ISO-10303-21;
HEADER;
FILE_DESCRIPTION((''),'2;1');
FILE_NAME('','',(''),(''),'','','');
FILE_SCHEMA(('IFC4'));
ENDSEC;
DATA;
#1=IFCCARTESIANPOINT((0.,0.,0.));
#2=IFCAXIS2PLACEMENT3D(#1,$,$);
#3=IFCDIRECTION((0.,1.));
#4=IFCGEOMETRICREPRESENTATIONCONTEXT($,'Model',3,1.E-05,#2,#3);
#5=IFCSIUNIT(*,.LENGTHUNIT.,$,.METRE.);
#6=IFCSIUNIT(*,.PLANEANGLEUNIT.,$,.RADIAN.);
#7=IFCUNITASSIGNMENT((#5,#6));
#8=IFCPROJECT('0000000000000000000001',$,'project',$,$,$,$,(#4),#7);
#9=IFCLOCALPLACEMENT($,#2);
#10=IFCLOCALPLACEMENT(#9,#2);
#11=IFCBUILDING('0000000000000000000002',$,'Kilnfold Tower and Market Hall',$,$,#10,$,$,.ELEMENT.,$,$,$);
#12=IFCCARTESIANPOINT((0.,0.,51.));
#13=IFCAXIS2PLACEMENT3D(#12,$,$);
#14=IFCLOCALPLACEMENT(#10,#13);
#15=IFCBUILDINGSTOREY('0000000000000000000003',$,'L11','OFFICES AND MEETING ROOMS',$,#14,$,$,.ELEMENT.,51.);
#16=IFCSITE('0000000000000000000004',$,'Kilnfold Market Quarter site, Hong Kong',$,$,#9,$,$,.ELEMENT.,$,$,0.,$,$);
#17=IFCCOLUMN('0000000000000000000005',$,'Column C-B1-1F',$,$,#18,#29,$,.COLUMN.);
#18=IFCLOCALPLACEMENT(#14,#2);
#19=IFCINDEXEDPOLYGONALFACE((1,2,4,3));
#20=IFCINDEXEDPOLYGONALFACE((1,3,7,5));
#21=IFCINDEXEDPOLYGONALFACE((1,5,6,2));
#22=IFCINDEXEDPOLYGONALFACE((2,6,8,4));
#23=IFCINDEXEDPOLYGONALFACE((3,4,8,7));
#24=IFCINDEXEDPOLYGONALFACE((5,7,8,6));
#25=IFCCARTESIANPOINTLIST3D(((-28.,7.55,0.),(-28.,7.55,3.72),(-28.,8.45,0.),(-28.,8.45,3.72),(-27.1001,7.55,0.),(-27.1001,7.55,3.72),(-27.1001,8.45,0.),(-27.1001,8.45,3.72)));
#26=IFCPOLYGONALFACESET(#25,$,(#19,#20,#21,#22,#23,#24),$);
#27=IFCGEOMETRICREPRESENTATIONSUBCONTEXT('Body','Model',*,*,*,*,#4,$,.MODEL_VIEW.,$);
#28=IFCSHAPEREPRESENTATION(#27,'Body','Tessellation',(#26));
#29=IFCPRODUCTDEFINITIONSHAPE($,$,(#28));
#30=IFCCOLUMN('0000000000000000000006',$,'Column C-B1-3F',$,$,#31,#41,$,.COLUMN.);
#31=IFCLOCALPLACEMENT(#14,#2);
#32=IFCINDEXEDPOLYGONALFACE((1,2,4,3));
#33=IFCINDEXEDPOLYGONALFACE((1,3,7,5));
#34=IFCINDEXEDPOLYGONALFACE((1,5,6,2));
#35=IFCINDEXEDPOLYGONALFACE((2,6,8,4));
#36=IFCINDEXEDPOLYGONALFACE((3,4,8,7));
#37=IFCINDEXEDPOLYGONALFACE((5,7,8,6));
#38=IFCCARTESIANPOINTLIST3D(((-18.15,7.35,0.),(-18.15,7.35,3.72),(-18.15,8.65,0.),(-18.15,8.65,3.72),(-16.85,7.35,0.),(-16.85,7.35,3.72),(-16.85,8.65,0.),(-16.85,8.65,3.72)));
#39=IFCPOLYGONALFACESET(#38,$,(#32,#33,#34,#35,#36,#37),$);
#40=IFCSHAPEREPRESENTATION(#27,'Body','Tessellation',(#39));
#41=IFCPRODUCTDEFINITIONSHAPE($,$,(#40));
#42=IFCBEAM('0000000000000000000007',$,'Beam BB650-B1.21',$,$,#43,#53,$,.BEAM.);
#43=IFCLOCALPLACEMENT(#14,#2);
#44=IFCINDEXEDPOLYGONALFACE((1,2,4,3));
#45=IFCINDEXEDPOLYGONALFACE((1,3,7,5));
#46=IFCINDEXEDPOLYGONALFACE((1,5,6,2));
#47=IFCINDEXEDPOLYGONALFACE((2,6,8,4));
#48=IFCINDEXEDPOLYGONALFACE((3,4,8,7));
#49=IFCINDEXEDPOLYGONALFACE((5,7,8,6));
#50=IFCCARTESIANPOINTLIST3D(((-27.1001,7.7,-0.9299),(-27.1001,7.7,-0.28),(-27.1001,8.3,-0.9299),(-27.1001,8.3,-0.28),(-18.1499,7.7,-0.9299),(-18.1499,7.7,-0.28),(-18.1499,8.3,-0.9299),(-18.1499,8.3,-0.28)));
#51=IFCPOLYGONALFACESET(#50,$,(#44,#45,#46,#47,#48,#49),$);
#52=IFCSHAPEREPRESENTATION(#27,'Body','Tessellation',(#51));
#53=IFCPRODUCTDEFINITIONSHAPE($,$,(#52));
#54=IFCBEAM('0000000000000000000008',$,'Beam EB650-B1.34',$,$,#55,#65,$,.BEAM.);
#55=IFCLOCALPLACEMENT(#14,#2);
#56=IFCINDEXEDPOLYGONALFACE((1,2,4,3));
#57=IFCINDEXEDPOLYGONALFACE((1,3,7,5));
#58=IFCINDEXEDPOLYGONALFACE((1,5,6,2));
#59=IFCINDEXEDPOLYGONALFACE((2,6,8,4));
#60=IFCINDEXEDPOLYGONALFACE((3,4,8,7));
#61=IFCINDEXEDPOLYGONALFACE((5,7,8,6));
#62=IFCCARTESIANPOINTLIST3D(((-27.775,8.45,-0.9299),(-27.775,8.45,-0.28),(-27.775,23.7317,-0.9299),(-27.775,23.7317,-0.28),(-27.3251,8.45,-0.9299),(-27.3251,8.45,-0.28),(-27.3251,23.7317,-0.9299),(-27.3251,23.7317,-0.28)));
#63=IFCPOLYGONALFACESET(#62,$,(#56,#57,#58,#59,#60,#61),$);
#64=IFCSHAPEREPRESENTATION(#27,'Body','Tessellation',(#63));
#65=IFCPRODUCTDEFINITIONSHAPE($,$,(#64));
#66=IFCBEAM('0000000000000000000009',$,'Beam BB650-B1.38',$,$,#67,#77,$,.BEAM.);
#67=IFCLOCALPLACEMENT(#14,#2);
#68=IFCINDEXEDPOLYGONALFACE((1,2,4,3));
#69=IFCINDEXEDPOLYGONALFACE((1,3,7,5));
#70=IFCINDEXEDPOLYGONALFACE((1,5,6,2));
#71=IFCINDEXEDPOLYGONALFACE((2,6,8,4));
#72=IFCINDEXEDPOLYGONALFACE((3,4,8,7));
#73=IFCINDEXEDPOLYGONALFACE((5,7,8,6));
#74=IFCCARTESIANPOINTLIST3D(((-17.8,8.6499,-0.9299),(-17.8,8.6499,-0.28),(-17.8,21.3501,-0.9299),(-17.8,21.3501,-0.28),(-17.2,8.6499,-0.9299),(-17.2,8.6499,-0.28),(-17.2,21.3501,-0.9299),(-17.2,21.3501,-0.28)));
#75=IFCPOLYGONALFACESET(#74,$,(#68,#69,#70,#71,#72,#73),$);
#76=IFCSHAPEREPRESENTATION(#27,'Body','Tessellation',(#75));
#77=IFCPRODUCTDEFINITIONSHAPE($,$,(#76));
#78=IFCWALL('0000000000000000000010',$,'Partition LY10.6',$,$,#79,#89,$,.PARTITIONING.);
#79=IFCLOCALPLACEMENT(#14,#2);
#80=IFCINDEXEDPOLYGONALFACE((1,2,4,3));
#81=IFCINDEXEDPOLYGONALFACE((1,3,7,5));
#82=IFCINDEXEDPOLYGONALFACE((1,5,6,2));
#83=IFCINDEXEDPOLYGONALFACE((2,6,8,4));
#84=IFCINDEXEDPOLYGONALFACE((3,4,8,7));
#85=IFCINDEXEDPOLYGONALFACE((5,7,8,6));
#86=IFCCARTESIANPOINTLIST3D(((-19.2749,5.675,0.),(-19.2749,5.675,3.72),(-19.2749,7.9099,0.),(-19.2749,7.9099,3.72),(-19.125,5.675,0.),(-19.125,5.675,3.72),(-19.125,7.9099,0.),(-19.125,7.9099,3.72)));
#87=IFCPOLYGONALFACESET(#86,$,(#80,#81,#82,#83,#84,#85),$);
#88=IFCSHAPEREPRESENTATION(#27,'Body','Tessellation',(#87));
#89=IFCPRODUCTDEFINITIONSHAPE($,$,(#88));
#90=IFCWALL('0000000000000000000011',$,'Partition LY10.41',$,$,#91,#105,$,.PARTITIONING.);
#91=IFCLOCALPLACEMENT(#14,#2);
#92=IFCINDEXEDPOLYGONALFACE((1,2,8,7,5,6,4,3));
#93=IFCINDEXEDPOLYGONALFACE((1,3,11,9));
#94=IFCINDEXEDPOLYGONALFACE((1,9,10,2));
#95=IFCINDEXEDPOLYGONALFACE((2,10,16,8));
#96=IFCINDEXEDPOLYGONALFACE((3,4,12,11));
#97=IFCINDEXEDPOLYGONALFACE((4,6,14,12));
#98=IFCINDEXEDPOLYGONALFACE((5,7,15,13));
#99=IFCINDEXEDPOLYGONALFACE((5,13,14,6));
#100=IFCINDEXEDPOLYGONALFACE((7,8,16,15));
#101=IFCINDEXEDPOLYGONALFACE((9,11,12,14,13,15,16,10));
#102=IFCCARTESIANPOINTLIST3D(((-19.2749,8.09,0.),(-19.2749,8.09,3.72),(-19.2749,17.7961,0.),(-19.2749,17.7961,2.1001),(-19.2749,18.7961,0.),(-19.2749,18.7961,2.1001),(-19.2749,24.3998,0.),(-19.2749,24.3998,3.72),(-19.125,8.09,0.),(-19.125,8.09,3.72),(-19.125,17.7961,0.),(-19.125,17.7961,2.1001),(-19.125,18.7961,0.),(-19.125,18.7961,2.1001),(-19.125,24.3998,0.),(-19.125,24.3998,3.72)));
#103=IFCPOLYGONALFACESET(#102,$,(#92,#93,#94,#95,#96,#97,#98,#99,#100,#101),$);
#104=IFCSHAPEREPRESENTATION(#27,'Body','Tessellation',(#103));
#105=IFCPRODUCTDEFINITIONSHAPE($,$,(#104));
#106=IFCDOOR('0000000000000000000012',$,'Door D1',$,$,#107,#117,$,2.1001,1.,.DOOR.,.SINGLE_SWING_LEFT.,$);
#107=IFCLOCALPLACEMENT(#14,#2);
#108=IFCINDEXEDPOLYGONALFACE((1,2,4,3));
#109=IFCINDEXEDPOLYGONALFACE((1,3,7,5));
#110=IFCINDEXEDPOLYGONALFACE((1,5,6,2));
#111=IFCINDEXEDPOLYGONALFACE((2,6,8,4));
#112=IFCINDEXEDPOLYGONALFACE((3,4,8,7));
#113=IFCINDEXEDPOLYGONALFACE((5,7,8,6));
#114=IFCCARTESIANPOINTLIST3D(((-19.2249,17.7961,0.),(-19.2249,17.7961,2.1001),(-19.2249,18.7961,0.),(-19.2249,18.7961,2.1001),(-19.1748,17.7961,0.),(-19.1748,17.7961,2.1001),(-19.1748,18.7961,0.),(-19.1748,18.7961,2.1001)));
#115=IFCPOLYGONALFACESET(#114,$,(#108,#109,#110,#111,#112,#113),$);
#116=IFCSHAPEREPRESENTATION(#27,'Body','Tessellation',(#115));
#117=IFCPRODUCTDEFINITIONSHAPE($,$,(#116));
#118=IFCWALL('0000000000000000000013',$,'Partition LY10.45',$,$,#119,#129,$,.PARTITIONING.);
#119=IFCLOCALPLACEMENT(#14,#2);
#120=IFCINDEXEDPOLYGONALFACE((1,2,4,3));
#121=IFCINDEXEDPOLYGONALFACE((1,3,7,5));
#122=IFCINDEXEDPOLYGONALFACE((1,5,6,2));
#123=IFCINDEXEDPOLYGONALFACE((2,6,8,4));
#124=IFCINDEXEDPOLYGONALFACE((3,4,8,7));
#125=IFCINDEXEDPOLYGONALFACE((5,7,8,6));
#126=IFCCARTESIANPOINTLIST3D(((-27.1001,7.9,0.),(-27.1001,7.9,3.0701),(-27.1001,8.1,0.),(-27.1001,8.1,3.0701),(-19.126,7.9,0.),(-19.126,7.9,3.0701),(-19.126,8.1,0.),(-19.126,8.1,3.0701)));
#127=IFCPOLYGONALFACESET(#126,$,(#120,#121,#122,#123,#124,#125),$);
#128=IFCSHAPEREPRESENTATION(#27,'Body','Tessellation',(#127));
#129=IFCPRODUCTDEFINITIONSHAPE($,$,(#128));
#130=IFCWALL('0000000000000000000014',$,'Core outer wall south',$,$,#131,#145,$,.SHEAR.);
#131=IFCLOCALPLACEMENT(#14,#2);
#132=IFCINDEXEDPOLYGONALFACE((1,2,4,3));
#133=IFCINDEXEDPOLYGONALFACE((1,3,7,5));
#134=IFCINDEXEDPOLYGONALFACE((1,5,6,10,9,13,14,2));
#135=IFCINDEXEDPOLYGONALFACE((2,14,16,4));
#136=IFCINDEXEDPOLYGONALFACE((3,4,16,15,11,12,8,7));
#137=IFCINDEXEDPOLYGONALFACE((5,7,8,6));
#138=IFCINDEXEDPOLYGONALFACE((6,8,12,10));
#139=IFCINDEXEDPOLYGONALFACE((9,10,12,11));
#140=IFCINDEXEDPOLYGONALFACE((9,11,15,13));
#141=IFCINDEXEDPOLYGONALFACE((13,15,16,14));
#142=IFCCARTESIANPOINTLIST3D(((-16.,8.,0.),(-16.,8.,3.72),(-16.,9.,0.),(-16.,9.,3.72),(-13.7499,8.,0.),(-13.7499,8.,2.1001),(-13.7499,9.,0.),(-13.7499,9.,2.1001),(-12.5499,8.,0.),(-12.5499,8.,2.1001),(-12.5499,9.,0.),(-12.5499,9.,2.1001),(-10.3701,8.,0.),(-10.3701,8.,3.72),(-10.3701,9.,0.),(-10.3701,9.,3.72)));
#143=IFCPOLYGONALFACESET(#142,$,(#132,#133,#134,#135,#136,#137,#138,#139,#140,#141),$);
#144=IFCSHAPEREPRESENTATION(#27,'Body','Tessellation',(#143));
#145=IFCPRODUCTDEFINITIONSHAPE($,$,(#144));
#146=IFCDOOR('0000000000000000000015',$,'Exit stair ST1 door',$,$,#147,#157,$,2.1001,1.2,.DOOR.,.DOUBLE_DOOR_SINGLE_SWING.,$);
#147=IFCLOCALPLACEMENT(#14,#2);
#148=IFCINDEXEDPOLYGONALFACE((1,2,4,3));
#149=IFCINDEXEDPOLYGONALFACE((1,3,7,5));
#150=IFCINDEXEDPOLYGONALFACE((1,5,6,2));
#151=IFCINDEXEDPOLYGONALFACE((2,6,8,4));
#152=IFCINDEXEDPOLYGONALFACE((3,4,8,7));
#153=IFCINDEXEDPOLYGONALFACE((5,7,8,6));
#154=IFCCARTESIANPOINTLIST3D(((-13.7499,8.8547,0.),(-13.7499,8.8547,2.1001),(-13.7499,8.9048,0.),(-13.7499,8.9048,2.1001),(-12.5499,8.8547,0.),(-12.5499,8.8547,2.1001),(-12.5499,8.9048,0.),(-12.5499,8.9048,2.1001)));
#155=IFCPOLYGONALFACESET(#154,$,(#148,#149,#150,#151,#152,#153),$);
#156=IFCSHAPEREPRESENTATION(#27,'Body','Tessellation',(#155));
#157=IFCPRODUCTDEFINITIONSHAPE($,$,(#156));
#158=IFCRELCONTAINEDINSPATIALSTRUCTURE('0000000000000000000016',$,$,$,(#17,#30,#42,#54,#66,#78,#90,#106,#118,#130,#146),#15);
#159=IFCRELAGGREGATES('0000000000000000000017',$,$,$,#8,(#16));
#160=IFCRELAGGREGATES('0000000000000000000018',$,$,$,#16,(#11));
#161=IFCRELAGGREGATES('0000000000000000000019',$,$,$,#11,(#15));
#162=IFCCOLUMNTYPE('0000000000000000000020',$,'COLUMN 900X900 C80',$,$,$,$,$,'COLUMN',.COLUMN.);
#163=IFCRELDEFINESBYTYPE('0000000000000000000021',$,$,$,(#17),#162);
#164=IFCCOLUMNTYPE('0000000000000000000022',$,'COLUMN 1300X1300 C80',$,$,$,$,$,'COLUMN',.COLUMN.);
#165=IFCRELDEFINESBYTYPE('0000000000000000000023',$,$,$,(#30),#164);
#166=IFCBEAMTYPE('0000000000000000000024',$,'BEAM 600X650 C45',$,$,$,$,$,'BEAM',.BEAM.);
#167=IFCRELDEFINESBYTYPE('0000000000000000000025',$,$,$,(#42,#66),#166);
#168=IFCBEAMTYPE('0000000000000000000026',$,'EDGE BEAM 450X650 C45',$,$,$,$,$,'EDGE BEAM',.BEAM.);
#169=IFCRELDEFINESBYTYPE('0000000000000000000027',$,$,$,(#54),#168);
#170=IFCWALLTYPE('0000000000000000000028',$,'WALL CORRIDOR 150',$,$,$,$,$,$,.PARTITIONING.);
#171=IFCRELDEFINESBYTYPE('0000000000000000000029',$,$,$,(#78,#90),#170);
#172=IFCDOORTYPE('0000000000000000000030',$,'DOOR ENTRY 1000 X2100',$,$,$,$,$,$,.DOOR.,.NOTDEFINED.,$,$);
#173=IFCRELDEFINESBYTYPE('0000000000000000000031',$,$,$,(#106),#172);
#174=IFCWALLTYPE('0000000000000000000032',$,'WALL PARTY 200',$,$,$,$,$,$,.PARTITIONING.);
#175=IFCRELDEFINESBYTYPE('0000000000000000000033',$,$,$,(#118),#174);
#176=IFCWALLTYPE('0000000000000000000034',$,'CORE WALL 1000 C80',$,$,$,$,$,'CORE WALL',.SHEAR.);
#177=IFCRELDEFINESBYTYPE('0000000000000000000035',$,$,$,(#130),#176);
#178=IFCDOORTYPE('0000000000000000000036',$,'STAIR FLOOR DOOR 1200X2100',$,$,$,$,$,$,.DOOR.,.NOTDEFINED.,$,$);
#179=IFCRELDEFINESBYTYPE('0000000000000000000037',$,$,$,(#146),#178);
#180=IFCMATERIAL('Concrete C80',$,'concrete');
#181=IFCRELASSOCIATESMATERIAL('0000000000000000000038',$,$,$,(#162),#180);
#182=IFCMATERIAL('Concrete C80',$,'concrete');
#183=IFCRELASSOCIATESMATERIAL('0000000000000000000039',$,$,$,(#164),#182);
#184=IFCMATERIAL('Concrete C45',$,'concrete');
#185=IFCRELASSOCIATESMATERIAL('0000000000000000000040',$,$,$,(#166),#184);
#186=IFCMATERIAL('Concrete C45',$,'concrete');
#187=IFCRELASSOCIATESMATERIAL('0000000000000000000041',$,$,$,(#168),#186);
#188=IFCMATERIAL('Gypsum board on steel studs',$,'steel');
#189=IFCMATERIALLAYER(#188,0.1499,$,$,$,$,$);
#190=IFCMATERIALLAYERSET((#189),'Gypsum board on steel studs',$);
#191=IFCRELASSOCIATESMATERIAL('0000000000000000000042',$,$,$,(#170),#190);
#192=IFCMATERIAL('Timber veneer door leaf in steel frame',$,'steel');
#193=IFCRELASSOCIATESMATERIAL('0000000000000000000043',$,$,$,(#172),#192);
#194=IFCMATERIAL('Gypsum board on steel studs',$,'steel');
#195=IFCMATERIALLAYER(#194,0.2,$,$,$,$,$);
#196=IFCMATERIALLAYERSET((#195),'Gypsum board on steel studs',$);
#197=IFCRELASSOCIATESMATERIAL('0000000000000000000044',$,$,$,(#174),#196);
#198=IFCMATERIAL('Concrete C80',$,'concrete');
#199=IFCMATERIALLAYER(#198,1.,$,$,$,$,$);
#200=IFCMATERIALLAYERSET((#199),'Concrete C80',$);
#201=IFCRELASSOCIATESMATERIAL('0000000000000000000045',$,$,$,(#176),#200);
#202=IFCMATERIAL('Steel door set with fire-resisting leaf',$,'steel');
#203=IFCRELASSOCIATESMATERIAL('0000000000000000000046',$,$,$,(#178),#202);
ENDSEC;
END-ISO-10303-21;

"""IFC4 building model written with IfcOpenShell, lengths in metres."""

from ifc_helpers import new_model, si_unit, direction, frame, frame_2d, origin, origin_2d, place, context, subcontext, project, spatial, rectangle, extrude, source, transform, mapped, material, layer, layer_set, material_profile, profile_set, type_object, element, fill, save


model = new_model("IFC4")

# Units and contexts
model_context = context("Model", 3, precision=1e-05, world=origin(), true_north=direction((0.0, 1.0)))
body_context = subcontext(model_context, "Body", "Model", "MODEL_VIEW")
ifc_project = project(units=[si_unit("LENGTHUNIT", "METRE"), si_unit("PLANEANGLEUNIT", "RADIAN")], contexts=[model_context])

# Site, building, storey
site_placement = place(None, origin())
site = spatial("IfcSite", under=ifc_project, at=site_placement, Name="Kilnfold Market Quarter site, Hong Kong", CompositionType="ELEMENT", RefElevation=0.0)
building_placement = place(site_placement, origin())
building = spatial("IfcBuilding", under=site, at=building_placement, Name="Kilnfold Tower and Market Hall", CompositionType="ELEMENT")
storey_placement = place(building_placement, frame((0.0, 0.0, 51.0)))
storey = spatial("IfcBuildingStorey", under=building, at=storey_placement, Name="L11", Description="OFFICES AND MEETING ROOMS", CompositionType="ELEMENT", Elevation=51.0)

# Columns
ifc_material_1 = material(Name="Concrete C80", Category="concrete")
ifc_material_profile_1 = material_profile(ifc_material_1, rectangle(XDim=0.8999, YDim=0.8999, at=origin_2d()), Name="RC 900x900")
ifc_profile_set_1 = profile_set([ifc_material_profile_1], Name="Concrete C80")
column_type_1 = type_object("IfcColumnType", Name="COLUMN 900X900 C80", ElementType="COLUMN", PredefinedType="COLUMN", material=ifc_profile_set_1)
shared_shape_1 = source(origin(), body_context, "Body", "SweptSolid", [
    extrude(rectangle(XDim=0.8999, YDim=0.8999, at=origin_2d()), origin(), (0.0, 0.0, 1.0), 3.72),
])
column_1_placement = place(storey_placement, frame((-27.55, 8.0, 0.0), z_axis=(0.0, 0.0, 1.0), x_axis=(1.0, 0.0, 0.0)))
element("IfcColumn", 1, at=column_1_placement, inside=storey, type_object=column_type_1, Name="Column C-B1-1F", PredefinedType="COLUMN", context=body_context, shape_type="MappedRepresentation", body=[
    mapped(shared_shape_1, transform((0.0, 0.0, 0.0))),
])
ifc_material_2 = material(Name="Concrete C80", Category="concrete")
ifc_material_profile_2 = material_profile(ifc_material_2, rectangle(XDim=1.3, YDim=1.3, at=origin_2d()), Name="RC 1300x1300")
ifc_profile_set_2 = profile_set([ifc_material_profile_2], Name="Concrete C80")
column_type_2 = type_object("IfcColumnType", Name="COLUMN 1300X1300 C80", ElementType="COLUMN", PredefinedType="COLUMN", material=ifc_profile_set_2)
shared_shape_2 = source(origin(), body_context, "Body", "SweptSolid", [
    extrude(rectangle(XDim=1.3, YDim=1.3, at=origin_2d()), origin(), (0.0, 0.0, 1.0), 3.72),
])
column_2_placement = place(storey_placement, frame((-17.5, 8.0, 0.0), z_axis=(0.0, 0.0, 1.0), x_axis=(1.0, 0.0, 0.0)))
element("IfcColumn", 2, at=column_2_placement, inside=storey, type_object=column_type_2, Name="Column C-B1-3F", PredefinedType="COLUMN", context=body_context, shape_type="MappedRepresentation", body=[
    mapped(shared_shape_2, transform((0.0, 0.0, 0.0))),
])

# Beams
ifc_material_3 = material(Name="Concrete C45", Category="concrete")
ifc_material_profile_3 = material_profile(ifc_material_3, rectangle(XDim=0.6001, YDim=0.6499, at=origin_2d()), Name="RC 600x650")
ifc_profile_set_3 = profile_set([ifc_material_profile_3], Name="Concrete C45")
beam_type_1 = type_object("IfcBeamType", Name="BEAM 600X650 C45", ElementType="BEAM", PredefinedType="BEAM", material=ifc_profile_set_3)
shared_shape_3 = source(origin(), body_context, "Body", "SweptSolid", [
    extrude(rectangle(XDim=0.6001, YDim=0.6499, at=origin_2d()), origin(), (0.0, 0.0, 1.0), 8.9502),
])
beam_1_placement = place(storey_placement, frame((-27.1001, 8.0, -0.605), z_axis=(1.0, 0.0, 0.0), x_axis=(0.0, 1.0, 0.0)))
element("IfcBeam", 3, at=beam_1_placement, inside=storey, type_object=beam_type_1, Name="Beam BB650-B1.21", PredefinedType="BEAM", context=body_context, shape_type="MappedRepresentation", body=[
    mapped(shared_shape_3, transform((0.0, 0.0, 0.0))),
])
ifc_material_4 = material(Name="Concrete C45", Category="concrete")
ifc_material_profile_4 = material_profile(ifc_material_4, rectangle(XDim=0.45, YDim=0.6499, at=origin_2d()), Name="RC 450x650")
ifc_profile_set_4 = profile_set([ifc_material_profile_4], Name="Concrete C45")
beam_type_2 = type_object("IfcBeamType", Name="EDGE BEAM 450X650 C45", ElementType="EDGE BEAM", PredefinedType="BEAM", material=ifc_profile_set_4)
shared_shape_4 = source(origin(), body_context, "Body", "SweptSolid", [
    extrude(rectangle(XDim=0.45, YDim=0.6499, at=origin_2d()), origin(), (0.0, 0.0, 1.0), 15.2817),
])
beam_2_placement = place(storey_placement, frame((-27.55, 8.45, -0.605), z_axis=(0.0, 1.0, 0.0), x_axis=(-1.0, 0.0, 0.0)))
element("IfcBeam", 4, at=beam_2_placement, inside=storey, type_object=beam_type_2, Name="Beam EB650-B1.34", PredefinedType="BEAM", context=body_context, shape_type="MappedRepresentation", body=[
    mapped(shared_shape_4, transform((0.0, 0.0, 0.0))),
])
shared_shape_5 = source(origin(), body_context, "Body", "SweptSolid", [
    extrude(rectangle(XDim=0.6001, YDim=0.6499, at=origin_2d()), origin(), (0.0, 0.0, 1.0), 12.7002),
])
beam_3_placement = place(storey_placement, frame((-17.5, 8.6499, -0.605), z_axis=(0.0, 1.0, 0.0), x_axis=(-1.0, 0.0, 0.0)))
element("IfcBeam", 5, at=beam_3_placement, inside=storey, type_object=beam_type_1, Name="Beam BB650-B1.38", PredefinedType="BEAM", context=body_context, shape_type="MappedRepresentation", body=[
    mapped(shared_shape_5, transform((0.0, 0.0, 0.0))),
])

# Wall
ifc_material_5 = material(Name="Gypsum board on steel studs", Category="steel")
ifc_layer_1 = layer(ifc_material_5, 0.1499)
ifc_layer_set_1 = layer_set([ifc_layer_1], Name="Gypsum board on steel studs")
wall_type_1 = type_object("IfcWallType", Name="WALL CORRIDOR 150", PredefinedType="PARTITIONING", material=ifc_layer_set_1)
wall_1_placement = place(storey_placement, frame((-19.2, 5.675, 0.0), z_axis=(0.0, 0.0, 1.0), x_axis=(0.0, 1.0, 0.0)))
element("IfcWall", 6, at=wall_1_placement, inside=storey, type_object=wall_type_1, Name="Partition LY10.6", PredefinedType="PARTITIONING", context=body_context, shape_type="SweptSolid", body=[
    extrude(rectangle(XDim=2.2349, YDim=0.1499, at=frame_2d((1.1174, 0.0))), origin(), (0.0, 0.0, 1.0), 3.72),
])

# Wall, opening, door
wall_2_placement = place(storey_placement, frame((-19.2, 8.0901, 0.0), z_axis=(0.0, 0.0, 1.0), x_axis=(0.0, 1.0, 0.0)))
wall_2 = element("IfcWall", 7, at=wall_2_placement, inside=storey, type_object=wall_type_1, Name="Partition LY10.41", PredefinedType="PARTITIONING", context=body_context, shape_type="SweptSolid", body=[
    extrude(rectangle(XDim=16.3098, YDim=0.1499, at=frame_2d((8.1548, 0.0))), origin(), (0.0, 0.0, 1.0), 3.72),
])
opening_1_placement = place(wall_2_placement, frame((9.7061, 0.0, 0.0)))
opening_1 = element("IfcOpeningElement", 8, at=opening_1_placement, cuts=wall_2, PredefinedType="OPENING", context=body_context, shape_type="SweptSolid", body=[
    extrude(rectangle(XDim=1.0, YDim=2.1001, at=frame_2d((0.5, 1.05))), frame((0.0, 0.085, 0.0), z_axis=(0.0, -1.0, 0.0), x_axis=(1.0, 0.0, 0.0)), (0.0, 0.0, 1.0), 0.1699),
])
ifc_material_6 = material(Name="Timber veneer door leaf in steel frame", Category="steel")
door_type_1 = type_object("IfcDoorType", Name="DOOR ENTRY 1000 X2100", OperationType="NOTDEFINED", PredefinedType="DOOR", material=ifc_material_6)
door_1_placement = place(opening_1_placement, origin())
door_1 = element("IfcDoor", 9, at=door_1_placement, inside=storey, type_object=door_type_1, Name="Door D1", OperationType="SINGLE_SWING_LEFT", OverallHeight=2.1001, OverallWidth=1.0, PredefinedType="DOOR", context=body_context, shape_type="SweptSolid", body=[
    extrude(rectangle(XDim=1.0, YDim=2.1001, at=frame_2d((0.5, 1.05))), frame((0.0, 0.0249, 0.0), z_axis=(0.0, -1.0, 0.0), x_axis=(1.0, 0.0, 0.0)), (0.0, 0.0, 1.0), 0.05),
])
fill(opening_1, door_1)

# Wall
ifc_material_7 = material(Name="Gypsum board on steel studs", Category="steel")
ifc_layer_2 = layer(ifc_material_7, 0.2)
ifc_layer_set_2 = layer_set([ifc_layer_2], Name="Gypsum board on steel studs")
wall_type_2 = type_object("IfcWallType", Name="WALL PARTY 200", PredefinedType="PARTITIONING", material=ifc_layer_set_2)
wall_3_placement = place(storey_placement, frame((-19.126, 8.0, 0.0), z_axis=(0.0, 0.0, 1.0), x_axis=(-1.0, 0.0, 0.0)))
element("IfcWall", 10, at=wall_3_placement, inside=storey, type_object=wall_type_2, Name="Partition LY10.45", PredefinedType="PARTITIONING", context=body_context, shape_type="SweptSolid", body=[
    extrude(rectangle(XDim=7.9741, YDim=0.2, at=frame_2d((3.9871, 0.0))), origin(), (0.0, 0.0, 1.0), 3.0701),
])

# Wall, opening, door
ifc_material_8 = material(Name="Concrete C80", Category="concrete")
ifc_layer_3 = layer(ifc_material_8, 1.0)
ifc_layer_set_3 = layer_set([ifc_layer_3], Name="Concrete C80")
wall_type_3 = type_object("IfcWallType", Name="CORE WALL 1000 C80", ElementType="CORE WALL", PredefinedType="SHEAR", material=ifc_layer_set_3)
shared_shape_6 = source(origin(), body_context, "Body", "SweptSolid", [
    extrude(rectangle(XDim=5.6299, YDim=1.0, at=frame_2d((2.8149, 0.0))), origin(), (0.0, 0.0, 1.0), 3.72),
])
wall_4_placement = place(storey_placement, frame((-16.0, 8.5, 0.0), z_axis=(0.0, 0.0, 1.0), x_axis=(1.0, 0.0, 0.0)))
wall_4 = element("IfcWall", 11, at=wall_4_placement, inside=storey, type_object=wall_type_3, Name="Core outer wall south", PredefinedType="SHEAR", context=body_context, shape_type="MappedRepresentation", body=[
    mapped(shared_shape_6, transform((0.0, 0.0, 0.0))),
])
opening_2_placement = place(wall_4_placement, frame((2.25, 0.0, 0.0)))
opening_2 = element("IfcOpeningElement", 12, at=opening_2_placement, cuts=wall_4, PredefinedType="OPENING", context=body_context, shape_type="SweptSolid", body=[
    extrude(rectangle(XDim=1.2, YDim=2.1001, at=frame_2d((0.6001, 1.05))), frame((0.0, 0.51, 0.0), z_axis=(0.0, -1.0, 0.0), x_axis=(1.0, 0.0, 0.0)), (0.0, 0.0, 1.0), 1.02),
])
ifc_material_9 = material(Name="Steel door set with fire-resisting leaf", Category="steel")
door_type_2 = type_object("IfcDoorType", Name="STAIR FLOOR DOOR 1200X2100", OperationType="NOTDEFINED", PredefinedType="DOOR", material=ifc_material_9)
door_2_placement = place(opening_2_placement, origin())
door_2 = element("IfcDoor", 13, at=door_2_placement, inside=storey, type_object=door_type_2, Name="Exit stair ST1 door", OperationType="DOUBLE_DOOR_SINGLE_SWING", OverallHeight=2.1001, OverallWidth=1.2, PredefinedType="DOOR", context=body_context, shape_type="SweptSolid", body=[
    extrude(rectangle(XDim=1.2, YDim=2.1001, at=frame_2d((0.6001, 1.05))), frame((0.0, 0.4048, 0.0), z_axis=(0.0, -1.0, 0.0), x_axis=(1.0, 0.0, 0.0)), (0.0, 0.0, 1.0), 0.05),
])
fill(opening_2, door_2)

save(model, "model.ifc")
